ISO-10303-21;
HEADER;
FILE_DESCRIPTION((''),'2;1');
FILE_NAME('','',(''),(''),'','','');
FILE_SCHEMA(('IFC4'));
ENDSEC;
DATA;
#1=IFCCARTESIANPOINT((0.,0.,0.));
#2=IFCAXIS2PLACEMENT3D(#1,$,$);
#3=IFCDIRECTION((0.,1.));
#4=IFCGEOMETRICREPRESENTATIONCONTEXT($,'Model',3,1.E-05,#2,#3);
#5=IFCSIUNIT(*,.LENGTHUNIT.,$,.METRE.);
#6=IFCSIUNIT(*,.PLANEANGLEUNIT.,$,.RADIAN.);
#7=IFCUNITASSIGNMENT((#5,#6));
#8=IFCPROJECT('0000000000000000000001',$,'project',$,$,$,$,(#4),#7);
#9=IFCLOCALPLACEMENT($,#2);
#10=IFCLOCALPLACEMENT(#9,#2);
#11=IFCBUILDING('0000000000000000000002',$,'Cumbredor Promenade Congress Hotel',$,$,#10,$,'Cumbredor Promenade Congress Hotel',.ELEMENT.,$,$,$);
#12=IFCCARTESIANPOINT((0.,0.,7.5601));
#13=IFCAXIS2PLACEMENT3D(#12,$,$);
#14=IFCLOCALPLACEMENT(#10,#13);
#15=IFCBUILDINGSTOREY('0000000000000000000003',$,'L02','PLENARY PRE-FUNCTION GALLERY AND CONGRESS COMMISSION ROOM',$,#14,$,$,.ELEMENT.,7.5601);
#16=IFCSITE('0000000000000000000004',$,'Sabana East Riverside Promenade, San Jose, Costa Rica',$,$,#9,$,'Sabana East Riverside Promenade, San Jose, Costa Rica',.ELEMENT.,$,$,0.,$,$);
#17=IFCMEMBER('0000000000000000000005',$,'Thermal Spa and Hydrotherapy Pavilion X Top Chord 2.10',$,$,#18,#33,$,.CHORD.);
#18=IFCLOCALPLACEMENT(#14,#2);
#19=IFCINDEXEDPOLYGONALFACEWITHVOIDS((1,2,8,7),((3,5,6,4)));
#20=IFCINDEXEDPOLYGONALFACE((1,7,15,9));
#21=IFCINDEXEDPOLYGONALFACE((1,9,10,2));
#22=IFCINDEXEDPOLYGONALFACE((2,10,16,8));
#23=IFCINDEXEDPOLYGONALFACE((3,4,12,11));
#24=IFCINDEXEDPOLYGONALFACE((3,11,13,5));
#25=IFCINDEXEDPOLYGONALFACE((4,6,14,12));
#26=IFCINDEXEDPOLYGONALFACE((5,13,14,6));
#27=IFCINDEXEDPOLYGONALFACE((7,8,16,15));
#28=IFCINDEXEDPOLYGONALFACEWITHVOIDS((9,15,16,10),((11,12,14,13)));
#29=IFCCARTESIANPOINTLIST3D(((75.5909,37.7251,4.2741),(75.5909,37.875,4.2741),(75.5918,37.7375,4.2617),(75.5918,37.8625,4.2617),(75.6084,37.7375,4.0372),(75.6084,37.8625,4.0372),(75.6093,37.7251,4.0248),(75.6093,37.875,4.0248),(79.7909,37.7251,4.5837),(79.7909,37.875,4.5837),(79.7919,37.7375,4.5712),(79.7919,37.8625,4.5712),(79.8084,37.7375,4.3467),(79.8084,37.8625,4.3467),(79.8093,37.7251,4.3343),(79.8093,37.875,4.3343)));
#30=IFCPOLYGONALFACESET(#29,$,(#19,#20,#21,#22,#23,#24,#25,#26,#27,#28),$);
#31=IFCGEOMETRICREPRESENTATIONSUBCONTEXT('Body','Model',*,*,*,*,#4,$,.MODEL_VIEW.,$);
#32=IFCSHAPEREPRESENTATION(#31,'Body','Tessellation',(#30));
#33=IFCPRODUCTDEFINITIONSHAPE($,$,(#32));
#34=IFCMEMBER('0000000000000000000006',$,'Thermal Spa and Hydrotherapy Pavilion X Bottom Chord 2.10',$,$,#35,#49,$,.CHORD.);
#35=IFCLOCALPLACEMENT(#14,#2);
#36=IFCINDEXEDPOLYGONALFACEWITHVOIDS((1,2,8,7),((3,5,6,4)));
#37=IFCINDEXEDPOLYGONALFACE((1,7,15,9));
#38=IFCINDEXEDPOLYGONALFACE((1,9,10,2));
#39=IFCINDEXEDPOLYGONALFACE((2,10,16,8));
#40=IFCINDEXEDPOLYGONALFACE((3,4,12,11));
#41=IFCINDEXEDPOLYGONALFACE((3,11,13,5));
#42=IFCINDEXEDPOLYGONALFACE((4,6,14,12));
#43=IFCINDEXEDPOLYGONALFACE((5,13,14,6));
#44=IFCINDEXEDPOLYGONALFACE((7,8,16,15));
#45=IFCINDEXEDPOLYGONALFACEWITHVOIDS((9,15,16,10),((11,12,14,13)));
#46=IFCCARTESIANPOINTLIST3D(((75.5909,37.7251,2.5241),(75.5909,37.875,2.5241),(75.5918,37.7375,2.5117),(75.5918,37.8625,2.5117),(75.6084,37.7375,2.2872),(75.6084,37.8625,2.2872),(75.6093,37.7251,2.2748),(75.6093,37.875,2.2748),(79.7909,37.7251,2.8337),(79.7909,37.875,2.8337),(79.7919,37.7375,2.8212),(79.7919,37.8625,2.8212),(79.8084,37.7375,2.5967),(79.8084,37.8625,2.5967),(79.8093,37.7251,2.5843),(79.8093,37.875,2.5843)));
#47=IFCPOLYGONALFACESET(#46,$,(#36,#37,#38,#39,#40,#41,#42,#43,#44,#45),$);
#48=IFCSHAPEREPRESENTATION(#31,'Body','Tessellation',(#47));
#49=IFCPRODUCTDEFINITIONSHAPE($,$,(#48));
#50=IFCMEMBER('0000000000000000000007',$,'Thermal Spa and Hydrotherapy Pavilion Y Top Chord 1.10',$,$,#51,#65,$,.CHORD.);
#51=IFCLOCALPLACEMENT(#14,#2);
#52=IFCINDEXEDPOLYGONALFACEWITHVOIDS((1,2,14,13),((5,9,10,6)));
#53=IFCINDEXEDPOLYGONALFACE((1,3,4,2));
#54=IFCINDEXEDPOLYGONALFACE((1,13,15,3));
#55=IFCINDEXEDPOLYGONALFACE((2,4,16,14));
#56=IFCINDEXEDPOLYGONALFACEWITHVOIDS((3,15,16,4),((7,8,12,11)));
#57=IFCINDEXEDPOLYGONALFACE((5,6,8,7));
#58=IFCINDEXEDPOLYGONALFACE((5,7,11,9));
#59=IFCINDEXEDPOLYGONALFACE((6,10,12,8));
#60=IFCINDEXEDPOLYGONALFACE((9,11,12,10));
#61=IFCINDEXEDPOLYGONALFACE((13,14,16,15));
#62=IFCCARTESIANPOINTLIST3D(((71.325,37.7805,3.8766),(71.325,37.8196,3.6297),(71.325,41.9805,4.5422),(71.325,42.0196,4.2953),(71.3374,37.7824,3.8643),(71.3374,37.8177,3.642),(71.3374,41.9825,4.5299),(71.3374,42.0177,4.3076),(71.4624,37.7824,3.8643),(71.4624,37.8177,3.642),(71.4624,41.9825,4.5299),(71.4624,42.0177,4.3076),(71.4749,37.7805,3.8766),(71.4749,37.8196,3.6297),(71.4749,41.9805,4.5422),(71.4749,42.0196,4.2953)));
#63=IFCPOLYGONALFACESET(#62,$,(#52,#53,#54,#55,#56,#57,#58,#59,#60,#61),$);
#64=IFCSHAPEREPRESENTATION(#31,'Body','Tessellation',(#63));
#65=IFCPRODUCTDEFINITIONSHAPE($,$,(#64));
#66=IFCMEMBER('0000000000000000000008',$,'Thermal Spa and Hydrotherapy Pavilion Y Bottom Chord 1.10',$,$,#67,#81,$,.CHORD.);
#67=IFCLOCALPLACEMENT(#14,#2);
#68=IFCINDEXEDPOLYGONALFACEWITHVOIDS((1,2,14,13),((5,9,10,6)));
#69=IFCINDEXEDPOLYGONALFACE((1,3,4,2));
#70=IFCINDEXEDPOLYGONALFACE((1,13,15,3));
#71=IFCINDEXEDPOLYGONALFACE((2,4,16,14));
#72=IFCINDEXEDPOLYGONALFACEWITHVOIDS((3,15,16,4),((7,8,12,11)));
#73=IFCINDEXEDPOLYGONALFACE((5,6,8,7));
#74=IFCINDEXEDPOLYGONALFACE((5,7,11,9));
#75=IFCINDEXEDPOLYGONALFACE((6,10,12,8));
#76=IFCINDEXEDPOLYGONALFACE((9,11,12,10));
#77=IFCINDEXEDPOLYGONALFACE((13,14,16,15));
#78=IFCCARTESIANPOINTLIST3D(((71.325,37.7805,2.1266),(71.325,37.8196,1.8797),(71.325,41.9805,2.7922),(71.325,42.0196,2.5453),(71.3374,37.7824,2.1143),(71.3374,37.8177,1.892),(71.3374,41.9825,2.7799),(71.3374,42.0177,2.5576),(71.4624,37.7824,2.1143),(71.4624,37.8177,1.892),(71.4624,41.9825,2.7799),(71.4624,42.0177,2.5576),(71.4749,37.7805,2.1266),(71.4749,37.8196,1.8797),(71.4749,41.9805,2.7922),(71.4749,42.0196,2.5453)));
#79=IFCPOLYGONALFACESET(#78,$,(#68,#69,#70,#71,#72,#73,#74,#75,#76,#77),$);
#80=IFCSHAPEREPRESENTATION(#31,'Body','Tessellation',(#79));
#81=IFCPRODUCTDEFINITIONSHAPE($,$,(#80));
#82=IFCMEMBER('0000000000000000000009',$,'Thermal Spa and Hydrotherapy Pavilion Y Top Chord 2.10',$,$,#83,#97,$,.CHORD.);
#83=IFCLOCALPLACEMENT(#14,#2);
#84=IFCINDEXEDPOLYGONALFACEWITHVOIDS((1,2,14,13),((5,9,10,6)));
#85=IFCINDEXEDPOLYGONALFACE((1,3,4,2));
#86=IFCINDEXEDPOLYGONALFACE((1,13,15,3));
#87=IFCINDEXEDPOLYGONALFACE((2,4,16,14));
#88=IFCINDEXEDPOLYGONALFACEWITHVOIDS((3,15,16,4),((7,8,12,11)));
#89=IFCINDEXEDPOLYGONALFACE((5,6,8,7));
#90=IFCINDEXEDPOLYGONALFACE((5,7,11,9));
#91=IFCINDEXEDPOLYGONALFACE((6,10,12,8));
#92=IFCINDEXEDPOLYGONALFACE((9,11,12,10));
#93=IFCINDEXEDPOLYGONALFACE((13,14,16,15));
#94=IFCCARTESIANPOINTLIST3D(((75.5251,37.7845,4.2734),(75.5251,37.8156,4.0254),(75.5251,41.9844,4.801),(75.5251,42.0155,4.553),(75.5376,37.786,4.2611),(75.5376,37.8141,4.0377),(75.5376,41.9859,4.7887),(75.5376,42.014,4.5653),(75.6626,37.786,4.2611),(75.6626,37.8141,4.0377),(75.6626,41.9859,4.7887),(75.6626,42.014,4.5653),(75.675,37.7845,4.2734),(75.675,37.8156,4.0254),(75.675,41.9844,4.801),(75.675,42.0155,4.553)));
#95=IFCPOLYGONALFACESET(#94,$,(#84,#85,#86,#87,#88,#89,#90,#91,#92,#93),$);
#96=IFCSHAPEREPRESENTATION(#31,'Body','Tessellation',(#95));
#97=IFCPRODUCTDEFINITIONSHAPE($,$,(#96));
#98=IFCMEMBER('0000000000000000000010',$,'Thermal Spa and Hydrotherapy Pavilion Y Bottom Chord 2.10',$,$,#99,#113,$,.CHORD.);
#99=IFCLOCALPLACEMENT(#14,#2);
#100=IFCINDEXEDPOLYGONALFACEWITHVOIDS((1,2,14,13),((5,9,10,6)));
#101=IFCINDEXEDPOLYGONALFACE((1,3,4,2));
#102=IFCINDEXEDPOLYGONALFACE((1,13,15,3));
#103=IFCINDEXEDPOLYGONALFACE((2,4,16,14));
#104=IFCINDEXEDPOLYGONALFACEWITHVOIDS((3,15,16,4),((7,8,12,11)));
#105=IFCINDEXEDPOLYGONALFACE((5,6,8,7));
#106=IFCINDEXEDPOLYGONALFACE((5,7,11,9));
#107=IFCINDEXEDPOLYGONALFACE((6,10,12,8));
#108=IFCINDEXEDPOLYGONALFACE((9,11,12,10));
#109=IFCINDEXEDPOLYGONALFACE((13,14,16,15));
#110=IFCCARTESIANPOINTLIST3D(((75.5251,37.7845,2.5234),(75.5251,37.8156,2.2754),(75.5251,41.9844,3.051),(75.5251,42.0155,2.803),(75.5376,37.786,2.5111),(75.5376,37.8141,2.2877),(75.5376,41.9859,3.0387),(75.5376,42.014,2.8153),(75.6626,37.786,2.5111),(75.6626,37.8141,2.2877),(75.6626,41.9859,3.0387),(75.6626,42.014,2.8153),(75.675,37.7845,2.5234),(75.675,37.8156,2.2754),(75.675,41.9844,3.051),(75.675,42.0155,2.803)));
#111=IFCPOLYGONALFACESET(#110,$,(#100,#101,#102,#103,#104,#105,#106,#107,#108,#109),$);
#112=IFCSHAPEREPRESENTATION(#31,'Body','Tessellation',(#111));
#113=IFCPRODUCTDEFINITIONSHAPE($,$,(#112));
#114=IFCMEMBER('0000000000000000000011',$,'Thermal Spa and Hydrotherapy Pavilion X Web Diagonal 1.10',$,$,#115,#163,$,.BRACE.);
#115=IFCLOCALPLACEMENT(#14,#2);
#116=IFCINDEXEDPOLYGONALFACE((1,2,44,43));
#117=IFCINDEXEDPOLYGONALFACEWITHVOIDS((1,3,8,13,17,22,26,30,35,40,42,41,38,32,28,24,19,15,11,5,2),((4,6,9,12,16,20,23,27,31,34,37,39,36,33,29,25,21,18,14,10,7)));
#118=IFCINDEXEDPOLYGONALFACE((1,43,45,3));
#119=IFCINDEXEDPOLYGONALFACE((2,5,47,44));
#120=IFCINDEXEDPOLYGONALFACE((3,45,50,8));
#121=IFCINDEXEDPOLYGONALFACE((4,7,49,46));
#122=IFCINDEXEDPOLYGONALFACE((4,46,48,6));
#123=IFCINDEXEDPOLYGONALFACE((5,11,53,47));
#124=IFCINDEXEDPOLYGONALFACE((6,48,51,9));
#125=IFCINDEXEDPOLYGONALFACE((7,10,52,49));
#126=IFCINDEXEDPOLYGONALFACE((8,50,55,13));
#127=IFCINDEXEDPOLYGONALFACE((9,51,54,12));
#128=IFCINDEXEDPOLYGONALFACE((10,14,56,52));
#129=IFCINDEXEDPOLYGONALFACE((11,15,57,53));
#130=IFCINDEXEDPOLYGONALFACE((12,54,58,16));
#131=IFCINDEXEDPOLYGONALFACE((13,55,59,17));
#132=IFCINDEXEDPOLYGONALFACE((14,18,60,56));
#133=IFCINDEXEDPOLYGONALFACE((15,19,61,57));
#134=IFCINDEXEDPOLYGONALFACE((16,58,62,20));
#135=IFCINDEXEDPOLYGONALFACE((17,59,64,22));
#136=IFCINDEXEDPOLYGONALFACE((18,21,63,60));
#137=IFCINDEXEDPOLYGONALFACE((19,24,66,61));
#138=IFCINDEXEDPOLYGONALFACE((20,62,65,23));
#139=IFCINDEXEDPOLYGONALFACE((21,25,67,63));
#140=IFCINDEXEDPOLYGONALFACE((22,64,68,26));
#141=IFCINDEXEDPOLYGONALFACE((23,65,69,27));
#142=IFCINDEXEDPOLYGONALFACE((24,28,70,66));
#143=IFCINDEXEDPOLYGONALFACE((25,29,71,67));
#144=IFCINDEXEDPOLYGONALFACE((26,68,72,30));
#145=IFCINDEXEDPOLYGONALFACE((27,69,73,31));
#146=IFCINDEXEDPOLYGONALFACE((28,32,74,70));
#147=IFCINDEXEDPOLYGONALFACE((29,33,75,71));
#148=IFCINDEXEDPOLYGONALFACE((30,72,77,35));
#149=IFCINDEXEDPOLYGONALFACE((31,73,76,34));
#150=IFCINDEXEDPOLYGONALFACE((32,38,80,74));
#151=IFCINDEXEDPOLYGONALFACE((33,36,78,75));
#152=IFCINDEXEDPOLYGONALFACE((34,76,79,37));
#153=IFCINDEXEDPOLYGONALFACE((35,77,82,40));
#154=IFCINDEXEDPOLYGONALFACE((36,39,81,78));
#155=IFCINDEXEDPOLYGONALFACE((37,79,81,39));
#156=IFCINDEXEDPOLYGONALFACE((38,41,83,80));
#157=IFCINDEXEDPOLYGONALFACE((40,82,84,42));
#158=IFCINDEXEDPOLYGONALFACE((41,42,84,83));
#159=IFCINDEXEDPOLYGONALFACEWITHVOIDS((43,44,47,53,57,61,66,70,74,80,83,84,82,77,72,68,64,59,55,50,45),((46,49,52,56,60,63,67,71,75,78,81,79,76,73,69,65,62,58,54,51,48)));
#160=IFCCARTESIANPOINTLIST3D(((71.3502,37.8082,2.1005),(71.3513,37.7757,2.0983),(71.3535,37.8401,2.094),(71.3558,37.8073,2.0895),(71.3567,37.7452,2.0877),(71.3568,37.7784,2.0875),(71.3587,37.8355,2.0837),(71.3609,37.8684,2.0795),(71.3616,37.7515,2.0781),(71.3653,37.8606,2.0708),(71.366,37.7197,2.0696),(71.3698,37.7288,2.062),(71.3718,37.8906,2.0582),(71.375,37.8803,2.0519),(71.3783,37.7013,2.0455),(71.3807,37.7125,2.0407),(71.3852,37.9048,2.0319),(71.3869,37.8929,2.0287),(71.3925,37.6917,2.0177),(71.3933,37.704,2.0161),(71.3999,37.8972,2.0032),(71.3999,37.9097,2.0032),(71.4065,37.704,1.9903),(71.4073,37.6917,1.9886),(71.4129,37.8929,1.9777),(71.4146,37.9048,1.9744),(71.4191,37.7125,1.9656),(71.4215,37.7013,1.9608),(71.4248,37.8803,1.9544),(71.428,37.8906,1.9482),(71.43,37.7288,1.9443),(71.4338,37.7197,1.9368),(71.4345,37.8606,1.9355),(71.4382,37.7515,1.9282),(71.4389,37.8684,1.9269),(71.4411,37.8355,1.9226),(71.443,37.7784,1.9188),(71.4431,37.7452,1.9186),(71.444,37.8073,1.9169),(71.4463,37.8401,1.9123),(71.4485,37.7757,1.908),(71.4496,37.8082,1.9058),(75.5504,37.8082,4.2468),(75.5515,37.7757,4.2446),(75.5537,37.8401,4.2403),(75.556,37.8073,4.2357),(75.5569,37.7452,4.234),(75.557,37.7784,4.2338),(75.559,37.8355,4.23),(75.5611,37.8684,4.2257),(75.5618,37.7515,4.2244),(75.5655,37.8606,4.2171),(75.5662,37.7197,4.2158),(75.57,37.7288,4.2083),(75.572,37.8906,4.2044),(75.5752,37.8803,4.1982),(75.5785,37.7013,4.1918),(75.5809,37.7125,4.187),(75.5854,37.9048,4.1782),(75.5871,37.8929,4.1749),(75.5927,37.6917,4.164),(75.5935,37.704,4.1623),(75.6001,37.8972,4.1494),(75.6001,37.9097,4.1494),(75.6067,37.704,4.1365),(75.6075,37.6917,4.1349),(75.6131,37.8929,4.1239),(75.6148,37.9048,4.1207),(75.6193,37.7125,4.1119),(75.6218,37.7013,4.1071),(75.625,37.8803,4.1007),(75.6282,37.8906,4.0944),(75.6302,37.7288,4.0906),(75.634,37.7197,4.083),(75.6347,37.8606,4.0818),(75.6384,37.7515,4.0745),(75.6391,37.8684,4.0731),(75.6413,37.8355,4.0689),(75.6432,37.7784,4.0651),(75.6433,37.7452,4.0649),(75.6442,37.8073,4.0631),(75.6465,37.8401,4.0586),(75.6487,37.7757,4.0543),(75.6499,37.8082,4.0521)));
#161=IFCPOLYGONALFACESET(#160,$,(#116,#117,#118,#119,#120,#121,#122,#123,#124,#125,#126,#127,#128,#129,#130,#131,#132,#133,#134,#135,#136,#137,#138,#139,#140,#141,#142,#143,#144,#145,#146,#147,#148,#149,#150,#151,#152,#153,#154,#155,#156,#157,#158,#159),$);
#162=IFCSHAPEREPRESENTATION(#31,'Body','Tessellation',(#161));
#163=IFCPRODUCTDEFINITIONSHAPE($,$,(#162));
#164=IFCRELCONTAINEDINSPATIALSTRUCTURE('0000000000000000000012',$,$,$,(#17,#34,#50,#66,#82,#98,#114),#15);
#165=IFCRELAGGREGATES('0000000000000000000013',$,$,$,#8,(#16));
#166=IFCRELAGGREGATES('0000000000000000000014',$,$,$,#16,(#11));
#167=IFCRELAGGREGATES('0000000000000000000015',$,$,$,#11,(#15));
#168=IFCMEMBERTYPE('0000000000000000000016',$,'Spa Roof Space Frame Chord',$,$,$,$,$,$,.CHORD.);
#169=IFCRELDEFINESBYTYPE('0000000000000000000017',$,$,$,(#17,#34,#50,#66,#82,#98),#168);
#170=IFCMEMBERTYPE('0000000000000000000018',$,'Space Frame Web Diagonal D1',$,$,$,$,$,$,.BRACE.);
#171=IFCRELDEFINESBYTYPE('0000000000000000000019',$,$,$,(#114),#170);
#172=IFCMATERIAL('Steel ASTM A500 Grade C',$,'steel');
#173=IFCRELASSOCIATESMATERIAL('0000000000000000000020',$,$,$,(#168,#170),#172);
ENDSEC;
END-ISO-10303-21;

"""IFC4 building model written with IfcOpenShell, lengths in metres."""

from ifc_helpers import new_model, si_unit, direction, frame, origin, origin_2d, place, context, subcontext, project, spatial, hollow_rectangle, hollow_circle, extrude, material, material_profile, profile_set, type_object, element, save


model = new_model("IFC4")

# Units and contexts
model_context = context("Model", 3, precision=1e-05, world=origin(), true_north=direction((0.0, 1.0)))
body_context = subcontext(model_context, "Body", "Model", "MODEL_VIEW")
ifc_project = project(units=[si_unit("LENGTHUNIT", "METRE"), si_unit("PLANEANGLEUNIT", "RADIAN")], contexts=[model_context])

# Site, building, storey
site_placement = place(None, origin())
site = spatial("IfcSite", under=ifc_project, at=site_placement, Name="Sabana East Riverside Promenade, San Jose, Costa Rica", LongName="Sabana East Riverside Promenade, San Jose, Costa Rica", CompositionType="ELEMENT", RefElevation=0.0)
building_placement = place(site_placement, origin())
building = spatial("IfcBuilding", under=site, at=building_placement, Name="Cumbredor Promenade Congress Hotel", LongName="Cumbredor Promenade Congress Hotel", CompositionType="ELEMENT")
storey_placement = place(building_placement, frame((0.0, 0.0, 7.5601)))
storey = spatial("IfcBuildingStorey", under=building, at=storey_placement, Name="L02", Description="PLENARY PRE-FUNCTION GALLERY AND CONGRESS COMMISSION ROOM", CompositionType="ELEMENT", Elevation=7.5601)

# Members
ifc_material_1 = material(Name="Steel ASTM A500 Grade C", Category="steel")
ifc_material_profile_1 = material_profile(ifc_material_1, hollow_rectangle(XDim=0.1499, YDim=0.25, WallThickness=0.0125, at=origin_2d()), Name="HSS 250x150x12.5")
ifc_profile_set_1 = profile_set([ifc_material_profile_1], Name="Steel ASTM A500 Grade C")
member_type_1 = type_object("IfcMemberType", Name="Spa Roof Space Frame Chord", PredefinedType="CHORD", material=ifc_profile_set_1)
for number, where, z_axis, x_axis, name in (
    (1, (75.6001, 37.8, 4.1494), (0.997295, 0.0, 0.073509), (0.0, 1.0, 0.0), "Thermal Spa and Hydrotherapy Pavilion X Top Chord 2.10"),
    (2, (75.6001, 37.8, 2.3994), (0.997295, 0.0, 0.073509), (0.0, 1.0, 0.0), "Thermal Spa and Hydrotherapy Pavilion X Bottom Chord 2.10"),
):
    element("IfcMember", number, at=place(storey_placement, frame(where, z_axis=z_axis, x_axis=x_axis)), inside=storey, type_object=member_type_1, Name=name, PredefinedType="CHORD", context=body_context, shape_type="SweptSolid", body=[
        extrude(hollow_rectangle(XDim=0.1499, YDim=0.25, WallThickness=0.0125, at=origin_2d()), origin(), (0.0, 0.0, 1.0), 4.2114),
    ])
for number, where, z_axis, x_axis, name in (
    (3, (71.3999, 37.8, 3.7532), (0.0, 0.987677, 0.156508), (-1.0, 0.0, 0.0), "Thermal Spa and Hydrotherapy Pavilion Y Top Chord 1.10"),
    (4, (71.3999, 37.8, 2.0032), (0.0, 0.987677, 0.156508), (-1.0, 0.0, 0.0), "Thermal Spa and Hydrotherapy Pavilion Y Bottom Chord 1.10"),
):
    element("IfcMember", number, at=place(storey_placement, frame(where, z_axis=z_axis, x_axis=x_axis)), inside=storey, type_object=member_type_1, Name=name, PredefinedType="CHORD", context=body_context, shape_type="SweptSolid", body=[
        extrude(hollow_rectangle(XDim=0.1499, YDim=0.25, WallThickness=0.0125, at=origin_2d()), origin(), (0.0, 0.0, 1.0), 4.2524),
    ])
for number, where, z_axis, x_axis, name in (
    (5, (75.6001, 37.8, 4.1494), (0.0, 0.992202, 0.124638), (-1.0, 0.0, 0.0), "Thermal Spa and Hydrotherapy Pavilion Y Top Chord 2.10"),
    (6, (75.6001, 37.8, 2.3994), (0.0, 0.992202, 0.124638), (-1.0, 0.0, 0.0), "Thermal Spa and Hydrotherapy Pavilion Y Bottom Chord 2.10"),
):
    element("IfcMember", number, at=place(storey_placement, frame(where, z_axis=z_axis, x_axis=x_axis)), inside=storey, type_object=member_type_1, Name=name, PredefinedType="CHORD", context=body_context, shape_type="SweptSolid", body=[
        extrude(hollow_rectangle(XDim=0.1499, YDim=0.25, WallThickness=0.0125, at=origin_2d()), origin(), (0.0, 0.0, 1.0), 4.2329),
    ])
ifc_material_profile_2 = material_profile(ifc_material_1, hollow_circle(Radius=0.1096, WallThickness=0.0125, at=origin_2d()), Name="CHS 219.1x12.5")
ifc_profile_set_2 = profile_set([ifc_material_profile_2], Name="Steel ASTM A500 Grade C")
member_type_2 = type_object("IfcMemberType", Name="Space Frame Web Diagonal D1", PredefinedType="BRACE", material=ifc_profile_set_2)
member_1_placement = place(storey_placement, frame((71.3999, 37.8, 2.0032), z_axis=(0.89048, 0.0, 0.455023), x_axis=(0.0, 1.0, 0.0)))
element("IfcMember", 7, at=member_1_placement, inside=storey, type_object=member_type_2, Name="Thermal Spa and Hydrotherapy Pavilion X Web Diagonal 1.10", PredefinedType="BRACE", context=body_context, shape_type="SweptSolid", body=[
    extrude(hollow_circle(Radius=0.1096, WallThickness=0.0125, at=origin_2d()), origin(), (0.0, 0.0, 1.0), 4.7168),
])

save(model, "model.ifc")
